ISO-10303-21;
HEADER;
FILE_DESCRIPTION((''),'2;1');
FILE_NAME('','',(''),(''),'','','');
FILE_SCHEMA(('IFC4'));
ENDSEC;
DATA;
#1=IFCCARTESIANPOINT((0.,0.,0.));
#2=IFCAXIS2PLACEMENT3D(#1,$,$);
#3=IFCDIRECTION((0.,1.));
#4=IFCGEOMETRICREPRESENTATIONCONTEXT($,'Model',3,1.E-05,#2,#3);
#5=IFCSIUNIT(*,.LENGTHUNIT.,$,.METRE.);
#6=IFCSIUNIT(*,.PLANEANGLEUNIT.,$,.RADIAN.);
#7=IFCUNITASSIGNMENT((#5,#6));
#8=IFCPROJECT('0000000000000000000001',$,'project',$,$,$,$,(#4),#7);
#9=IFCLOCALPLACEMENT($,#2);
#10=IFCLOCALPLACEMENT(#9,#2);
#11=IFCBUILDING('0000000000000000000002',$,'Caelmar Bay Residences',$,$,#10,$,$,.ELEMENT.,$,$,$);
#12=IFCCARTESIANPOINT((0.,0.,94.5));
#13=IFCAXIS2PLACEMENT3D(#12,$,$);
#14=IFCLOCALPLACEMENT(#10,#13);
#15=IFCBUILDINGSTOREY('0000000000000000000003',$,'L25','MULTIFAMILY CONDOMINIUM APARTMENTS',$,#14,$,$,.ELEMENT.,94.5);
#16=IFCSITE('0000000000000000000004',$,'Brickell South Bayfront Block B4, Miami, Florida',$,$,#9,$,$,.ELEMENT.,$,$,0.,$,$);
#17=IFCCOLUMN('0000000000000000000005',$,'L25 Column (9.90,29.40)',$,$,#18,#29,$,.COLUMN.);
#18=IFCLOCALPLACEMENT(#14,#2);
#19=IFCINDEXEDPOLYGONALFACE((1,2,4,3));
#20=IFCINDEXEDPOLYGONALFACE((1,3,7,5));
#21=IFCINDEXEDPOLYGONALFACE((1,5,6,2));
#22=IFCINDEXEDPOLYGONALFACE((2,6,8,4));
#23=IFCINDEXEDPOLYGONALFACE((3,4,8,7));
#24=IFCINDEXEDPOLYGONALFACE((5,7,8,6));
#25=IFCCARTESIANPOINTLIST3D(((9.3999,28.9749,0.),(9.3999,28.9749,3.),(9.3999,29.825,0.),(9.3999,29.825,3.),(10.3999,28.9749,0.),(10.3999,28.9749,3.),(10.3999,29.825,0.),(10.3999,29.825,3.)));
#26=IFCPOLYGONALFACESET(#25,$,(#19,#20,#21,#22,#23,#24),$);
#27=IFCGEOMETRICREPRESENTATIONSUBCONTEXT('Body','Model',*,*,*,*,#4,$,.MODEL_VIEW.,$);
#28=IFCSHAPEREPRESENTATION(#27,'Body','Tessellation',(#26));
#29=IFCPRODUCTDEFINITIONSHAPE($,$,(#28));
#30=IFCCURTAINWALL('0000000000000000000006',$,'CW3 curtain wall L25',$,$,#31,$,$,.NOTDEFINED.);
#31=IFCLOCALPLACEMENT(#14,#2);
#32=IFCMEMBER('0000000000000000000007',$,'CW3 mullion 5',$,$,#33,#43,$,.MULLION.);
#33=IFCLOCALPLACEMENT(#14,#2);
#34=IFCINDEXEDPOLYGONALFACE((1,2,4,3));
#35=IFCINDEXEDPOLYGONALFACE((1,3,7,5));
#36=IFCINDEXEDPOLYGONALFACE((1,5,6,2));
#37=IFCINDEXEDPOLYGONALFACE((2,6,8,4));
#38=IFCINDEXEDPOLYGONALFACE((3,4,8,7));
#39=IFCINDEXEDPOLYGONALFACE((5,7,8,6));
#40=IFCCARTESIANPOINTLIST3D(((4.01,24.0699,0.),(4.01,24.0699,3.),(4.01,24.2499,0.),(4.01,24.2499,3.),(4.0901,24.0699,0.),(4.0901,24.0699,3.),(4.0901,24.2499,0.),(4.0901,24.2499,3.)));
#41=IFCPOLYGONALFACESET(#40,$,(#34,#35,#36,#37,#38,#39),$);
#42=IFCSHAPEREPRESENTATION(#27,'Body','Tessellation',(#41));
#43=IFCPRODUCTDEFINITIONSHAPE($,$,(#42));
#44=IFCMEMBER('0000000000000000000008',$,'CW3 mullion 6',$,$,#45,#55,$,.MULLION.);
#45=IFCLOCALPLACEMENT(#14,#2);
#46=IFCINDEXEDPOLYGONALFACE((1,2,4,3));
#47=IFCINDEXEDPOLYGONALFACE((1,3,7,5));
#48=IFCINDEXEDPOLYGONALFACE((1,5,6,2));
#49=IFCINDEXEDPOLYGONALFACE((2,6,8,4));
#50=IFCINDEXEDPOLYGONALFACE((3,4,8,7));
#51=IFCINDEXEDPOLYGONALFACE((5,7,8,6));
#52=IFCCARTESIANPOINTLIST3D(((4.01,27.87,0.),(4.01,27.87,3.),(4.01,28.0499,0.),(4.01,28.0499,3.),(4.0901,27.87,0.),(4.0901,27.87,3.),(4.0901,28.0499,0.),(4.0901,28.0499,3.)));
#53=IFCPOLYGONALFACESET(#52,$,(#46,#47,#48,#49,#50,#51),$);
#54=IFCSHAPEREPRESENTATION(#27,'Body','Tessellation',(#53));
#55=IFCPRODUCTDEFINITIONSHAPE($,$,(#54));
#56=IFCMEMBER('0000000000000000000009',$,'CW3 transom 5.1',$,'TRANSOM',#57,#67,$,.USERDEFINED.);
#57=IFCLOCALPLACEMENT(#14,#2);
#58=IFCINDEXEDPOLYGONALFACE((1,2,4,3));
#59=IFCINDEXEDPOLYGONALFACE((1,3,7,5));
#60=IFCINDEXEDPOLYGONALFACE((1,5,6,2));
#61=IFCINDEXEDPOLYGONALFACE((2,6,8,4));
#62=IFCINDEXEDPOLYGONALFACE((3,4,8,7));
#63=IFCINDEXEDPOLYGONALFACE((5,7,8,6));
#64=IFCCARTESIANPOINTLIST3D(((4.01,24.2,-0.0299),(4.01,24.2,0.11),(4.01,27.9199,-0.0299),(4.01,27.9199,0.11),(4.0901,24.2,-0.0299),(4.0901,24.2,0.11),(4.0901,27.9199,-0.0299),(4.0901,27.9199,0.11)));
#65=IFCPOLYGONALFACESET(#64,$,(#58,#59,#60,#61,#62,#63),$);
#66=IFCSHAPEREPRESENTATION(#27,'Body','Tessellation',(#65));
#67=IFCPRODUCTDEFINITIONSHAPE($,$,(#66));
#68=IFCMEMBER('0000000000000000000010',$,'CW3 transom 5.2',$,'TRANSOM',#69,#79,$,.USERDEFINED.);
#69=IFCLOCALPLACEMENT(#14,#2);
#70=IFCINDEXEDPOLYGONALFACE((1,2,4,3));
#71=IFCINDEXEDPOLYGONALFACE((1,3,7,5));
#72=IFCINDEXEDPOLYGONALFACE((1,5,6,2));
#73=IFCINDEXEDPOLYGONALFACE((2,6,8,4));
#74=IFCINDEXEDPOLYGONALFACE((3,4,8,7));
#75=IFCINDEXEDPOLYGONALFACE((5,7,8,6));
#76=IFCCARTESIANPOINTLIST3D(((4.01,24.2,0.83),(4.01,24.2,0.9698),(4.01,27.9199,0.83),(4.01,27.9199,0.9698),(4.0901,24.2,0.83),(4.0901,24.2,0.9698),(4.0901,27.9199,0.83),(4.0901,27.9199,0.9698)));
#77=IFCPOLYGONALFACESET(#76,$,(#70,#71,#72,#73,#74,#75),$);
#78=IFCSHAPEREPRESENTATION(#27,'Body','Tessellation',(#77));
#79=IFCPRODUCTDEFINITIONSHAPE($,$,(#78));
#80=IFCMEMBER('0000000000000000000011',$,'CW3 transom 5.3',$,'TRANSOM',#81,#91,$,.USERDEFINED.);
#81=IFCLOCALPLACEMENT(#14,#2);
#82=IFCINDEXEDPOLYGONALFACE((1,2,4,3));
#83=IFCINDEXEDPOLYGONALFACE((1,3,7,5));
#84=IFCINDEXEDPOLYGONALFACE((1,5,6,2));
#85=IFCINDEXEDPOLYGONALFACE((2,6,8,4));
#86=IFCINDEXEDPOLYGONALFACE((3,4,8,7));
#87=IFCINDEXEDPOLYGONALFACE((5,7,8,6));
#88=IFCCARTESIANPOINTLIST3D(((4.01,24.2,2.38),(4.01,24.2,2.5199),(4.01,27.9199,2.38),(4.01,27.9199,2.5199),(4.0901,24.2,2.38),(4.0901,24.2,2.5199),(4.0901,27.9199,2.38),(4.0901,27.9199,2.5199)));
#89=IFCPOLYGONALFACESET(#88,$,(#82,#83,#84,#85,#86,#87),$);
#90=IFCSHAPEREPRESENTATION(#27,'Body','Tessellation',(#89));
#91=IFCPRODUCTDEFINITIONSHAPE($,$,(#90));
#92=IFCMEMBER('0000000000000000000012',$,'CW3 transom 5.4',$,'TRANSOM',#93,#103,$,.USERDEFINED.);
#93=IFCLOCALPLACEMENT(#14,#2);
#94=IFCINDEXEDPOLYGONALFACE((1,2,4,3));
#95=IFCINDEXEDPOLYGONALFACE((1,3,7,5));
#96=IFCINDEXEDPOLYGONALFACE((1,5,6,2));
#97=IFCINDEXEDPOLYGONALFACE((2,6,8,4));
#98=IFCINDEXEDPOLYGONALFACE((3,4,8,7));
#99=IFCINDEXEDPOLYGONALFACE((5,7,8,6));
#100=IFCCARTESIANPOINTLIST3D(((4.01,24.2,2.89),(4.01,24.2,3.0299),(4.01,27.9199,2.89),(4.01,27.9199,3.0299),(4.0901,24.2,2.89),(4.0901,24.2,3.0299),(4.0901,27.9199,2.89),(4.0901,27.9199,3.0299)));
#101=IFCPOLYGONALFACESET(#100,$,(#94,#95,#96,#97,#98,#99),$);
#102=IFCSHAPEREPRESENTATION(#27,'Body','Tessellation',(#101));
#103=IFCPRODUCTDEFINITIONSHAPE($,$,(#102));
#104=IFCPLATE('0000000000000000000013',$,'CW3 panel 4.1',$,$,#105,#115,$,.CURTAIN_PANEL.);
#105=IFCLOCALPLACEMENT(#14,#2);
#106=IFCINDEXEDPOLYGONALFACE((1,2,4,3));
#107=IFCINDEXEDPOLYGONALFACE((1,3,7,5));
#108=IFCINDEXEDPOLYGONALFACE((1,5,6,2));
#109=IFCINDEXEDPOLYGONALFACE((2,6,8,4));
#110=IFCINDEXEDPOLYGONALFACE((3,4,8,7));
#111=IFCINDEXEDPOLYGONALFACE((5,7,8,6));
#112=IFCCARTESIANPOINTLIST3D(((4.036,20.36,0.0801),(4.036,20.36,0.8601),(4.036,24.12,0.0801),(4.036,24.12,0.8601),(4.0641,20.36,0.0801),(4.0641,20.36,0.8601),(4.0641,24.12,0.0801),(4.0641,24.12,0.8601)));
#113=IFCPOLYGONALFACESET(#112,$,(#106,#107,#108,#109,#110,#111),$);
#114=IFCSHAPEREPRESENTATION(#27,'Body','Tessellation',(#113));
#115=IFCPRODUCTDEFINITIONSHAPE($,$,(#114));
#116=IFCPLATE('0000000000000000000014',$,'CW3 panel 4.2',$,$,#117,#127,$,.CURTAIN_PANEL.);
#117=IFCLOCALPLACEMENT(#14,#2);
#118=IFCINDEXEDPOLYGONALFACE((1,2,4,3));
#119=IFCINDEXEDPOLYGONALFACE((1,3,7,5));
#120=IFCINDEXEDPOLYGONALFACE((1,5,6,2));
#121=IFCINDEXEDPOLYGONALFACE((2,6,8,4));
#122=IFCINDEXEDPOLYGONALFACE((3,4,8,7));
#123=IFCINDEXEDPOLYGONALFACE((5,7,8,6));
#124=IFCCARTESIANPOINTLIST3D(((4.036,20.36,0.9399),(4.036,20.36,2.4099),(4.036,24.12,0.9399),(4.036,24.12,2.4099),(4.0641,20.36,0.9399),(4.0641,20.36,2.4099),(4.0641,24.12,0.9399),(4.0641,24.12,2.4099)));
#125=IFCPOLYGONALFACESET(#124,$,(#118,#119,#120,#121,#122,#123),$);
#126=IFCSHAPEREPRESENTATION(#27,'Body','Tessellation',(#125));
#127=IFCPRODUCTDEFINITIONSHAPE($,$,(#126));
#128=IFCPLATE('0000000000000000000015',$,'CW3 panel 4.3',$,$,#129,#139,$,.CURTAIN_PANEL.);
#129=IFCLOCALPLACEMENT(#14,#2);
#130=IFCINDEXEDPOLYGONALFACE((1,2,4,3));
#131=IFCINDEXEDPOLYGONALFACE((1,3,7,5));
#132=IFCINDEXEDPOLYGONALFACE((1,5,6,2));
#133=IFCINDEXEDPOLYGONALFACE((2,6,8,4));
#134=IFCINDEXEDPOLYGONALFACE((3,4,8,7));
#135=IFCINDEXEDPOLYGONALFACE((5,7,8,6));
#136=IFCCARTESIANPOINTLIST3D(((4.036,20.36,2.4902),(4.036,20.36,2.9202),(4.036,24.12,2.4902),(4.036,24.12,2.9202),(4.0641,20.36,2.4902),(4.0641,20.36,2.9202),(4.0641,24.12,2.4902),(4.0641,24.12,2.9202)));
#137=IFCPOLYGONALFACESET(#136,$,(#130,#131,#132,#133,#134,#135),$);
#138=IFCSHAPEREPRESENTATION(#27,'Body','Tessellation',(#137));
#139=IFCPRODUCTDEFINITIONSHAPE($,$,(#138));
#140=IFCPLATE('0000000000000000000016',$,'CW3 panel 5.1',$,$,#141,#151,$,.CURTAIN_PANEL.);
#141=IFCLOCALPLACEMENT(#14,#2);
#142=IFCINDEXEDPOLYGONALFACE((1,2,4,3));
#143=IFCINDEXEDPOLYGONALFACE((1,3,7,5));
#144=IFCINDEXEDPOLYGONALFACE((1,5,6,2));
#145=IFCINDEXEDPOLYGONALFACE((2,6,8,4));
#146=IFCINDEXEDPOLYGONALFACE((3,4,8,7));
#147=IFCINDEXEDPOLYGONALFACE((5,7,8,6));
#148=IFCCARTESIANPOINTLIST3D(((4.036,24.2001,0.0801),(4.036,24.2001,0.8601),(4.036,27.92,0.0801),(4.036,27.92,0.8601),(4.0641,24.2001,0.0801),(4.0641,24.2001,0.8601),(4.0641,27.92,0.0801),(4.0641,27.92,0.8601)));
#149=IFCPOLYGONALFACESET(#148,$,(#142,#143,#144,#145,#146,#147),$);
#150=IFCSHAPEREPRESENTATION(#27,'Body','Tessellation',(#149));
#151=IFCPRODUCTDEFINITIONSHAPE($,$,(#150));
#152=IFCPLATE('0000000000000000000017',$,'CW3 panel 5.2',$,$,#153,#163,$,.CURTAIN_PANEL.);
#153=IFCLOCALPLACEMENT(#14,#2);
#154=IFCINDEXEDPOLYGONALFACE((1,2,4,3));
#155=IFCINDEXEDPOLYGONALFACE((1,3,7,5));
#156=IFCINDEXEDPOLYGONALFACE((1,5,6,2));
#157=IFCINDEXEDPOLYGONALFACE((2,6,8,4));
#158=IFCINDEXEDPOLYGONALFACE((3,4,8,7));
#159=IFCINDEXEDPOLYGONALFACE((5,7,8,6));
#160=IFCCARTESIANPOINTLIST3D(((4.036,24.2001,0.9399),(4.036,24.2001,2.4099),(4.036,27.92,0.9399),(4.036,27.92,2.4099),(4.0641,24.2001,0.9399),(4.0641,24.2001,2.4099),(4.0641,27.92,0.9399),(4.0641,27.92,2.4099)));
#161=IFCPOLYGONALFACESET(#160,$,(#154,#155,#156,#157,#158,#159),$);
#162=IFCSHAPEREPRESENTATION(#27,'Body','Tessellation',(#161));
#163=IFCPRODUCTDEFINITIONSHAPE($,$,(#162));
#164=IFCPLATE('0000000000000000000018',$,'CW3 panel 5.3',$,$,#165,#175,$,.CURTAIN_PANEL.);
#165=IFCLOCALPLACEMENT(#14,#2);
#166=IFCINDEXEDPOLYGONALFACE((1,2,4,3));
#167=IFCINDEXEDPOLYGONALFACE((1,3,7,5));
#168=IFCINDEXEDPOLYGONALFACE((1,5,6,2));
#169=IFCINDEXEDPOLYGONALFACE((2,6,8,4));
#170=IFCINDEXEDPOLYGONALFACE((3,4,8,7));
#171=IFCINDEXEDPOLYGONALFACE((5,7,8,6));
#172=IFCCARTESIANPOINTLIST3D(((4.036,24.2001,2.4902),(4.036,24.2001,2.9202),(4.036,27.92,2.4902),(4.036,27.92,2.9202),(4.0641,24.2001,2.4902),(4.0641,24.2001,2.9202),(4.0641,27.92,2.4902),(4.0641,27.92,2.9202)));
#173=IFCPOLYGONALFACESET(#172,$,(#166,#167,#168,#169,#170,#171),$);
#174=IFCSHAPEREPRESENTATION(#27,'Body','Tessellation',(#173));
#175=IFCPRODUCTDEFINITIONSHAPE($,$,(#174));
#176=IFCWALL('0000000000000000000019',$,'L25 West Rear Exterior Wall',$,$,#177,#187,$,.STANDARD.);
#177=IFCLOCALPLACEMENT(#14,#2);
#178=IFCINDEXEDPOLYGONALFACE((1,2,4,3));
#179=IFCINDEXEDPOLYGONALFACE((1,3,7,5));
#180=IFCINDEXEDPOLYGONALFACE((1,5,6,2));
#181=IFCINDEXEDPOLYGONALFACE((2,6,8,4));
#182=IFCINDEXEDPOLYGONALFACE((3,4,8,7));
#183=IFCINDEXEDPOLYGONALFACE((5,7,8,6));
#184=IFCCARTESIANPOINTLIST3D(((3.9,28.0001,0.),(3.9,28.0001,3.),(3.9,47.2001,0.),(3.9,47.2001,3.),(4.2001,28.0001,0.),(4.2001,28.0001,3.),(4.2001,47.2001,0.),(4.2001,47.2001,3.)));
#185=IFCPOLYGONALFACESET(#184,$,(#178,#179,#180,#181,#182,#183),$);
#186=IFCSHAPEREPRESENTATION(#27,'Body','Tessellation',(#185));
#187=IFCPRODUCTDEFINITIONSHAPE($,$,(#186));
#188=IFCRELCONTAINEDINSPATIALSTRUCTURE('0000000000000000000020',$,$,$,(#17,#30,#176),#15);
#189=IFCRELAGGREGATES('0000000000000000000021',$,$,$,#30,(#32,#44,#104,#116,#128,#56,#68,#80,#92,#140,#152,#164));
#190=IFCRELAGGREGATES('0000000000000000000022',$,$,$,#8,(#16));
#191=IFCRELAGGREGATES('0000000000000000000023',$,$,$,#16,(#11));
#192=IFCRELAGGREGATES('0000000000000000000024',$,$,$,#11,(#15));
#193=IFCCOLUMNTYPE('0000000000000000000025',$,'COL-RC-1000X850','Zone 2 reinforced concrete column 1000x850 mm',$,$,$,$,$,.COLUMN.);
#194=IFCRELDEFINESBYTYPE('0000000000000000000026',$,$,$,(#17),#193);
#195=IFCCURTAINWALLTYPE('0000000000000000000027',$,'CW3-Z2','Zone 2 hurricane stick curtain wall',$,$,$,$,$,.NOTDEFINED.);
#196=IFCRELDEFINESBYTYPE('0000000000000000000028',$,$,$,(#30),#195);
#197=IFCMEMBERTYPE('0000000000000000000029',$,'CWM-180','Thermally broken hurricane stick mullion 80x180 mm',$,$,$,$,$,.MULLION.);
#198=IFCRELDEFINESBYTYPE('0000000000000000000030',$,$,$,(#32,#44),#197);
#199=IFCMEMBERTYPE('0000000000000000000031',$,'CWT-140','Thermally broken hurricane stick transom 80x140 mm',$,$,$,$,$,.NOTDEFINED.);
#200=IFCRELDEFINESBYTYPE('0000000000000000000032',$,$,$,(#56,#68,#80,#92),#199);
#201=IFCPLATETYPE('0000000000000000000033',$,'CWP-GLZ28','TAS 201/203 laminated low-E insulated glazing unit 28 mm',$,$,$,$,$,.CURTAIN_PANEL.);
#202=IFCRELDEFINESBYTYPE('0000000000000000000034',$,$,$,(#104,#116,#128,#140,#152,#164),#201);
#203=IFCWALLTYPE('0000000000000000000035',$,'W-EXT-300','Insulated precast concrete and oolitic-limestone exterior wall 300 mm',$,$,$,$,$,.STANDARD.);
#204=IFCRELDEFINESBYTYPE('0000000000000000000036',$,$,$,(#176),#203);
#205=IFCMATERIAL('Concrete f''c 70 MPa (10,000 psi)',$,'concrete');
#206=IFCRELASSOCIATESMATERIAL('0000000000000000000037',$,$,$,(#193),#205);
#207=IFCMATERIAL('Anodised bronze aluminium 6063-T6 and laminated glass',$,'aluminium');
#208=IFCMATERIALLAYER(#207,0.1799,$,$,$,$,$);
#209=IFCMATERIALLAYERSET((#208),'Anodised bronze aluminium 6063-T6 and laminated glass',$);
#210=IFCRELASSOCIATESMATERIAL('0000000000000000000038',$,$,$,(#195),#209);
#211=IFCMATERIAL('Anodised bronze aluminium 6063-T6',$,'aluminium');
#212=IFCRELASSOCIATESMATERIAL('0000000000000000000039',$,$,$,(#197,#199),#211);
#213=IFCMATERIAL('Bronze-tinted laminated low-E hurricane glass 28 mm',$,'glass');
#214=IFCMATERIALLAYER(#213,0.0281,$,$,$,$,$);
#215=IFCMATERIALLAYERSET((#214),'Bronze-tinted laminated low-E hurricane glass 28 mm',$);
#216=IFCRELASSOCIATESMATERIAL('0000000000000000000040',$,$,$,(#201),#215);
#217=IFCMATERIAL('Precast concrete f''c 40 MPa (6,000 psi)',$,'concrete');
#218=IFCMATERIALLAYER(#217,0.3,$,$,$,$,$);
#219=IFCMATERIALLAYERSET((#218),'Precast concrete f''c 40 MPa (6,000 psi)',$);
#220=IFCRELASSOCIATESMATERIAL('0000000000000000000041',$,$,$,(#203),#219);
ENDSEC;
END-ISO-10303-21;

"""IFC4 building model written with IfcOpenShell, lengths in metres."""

from ifc_helpers import new_model, si_unit, direction, frame, frame_2d, origin, origin_2d, place, context, subcontext, project, spatial, rectangle, extrude, material, layer, layer_set, material_profile, profile_set, type_object, element, aggregate, save


model = new_model("IFC4")

# Units and contexts
model_context = context("Model", 3, precision=1e-05, world=origin(), true_north=direction((0.0, 1.0)))
body_context = subcontext(model_context, "Body", "Model", "MODEL_VIEW")
ifc_project = project(units=[si_unit("LENGTHUNIT", "METRE"), si_unit("PLANEANGLEUNIT", "RADIAN")], contexts=[model_context])

# Site, building, storey
site_placement = place(None, origin())
site = spatial("IfcSite", under=ifc_project, at=site_placement, Name="Brickell South Bayfront Block B4, Miami, Florida", CompositionType="ELEMENT", RefElevation=0.0)
building_placement = place(site_placement, origin())
building = spatial("IfcBuilding", under=site, at=building_placement, Name="Caelmar Bay Residences", CompositionType="ELEMENT")
storey_placement = place(building_placement, frame((0.0, 0.0, 94.5)))
storey = spatial("IfcBuildingStorey", under=building, at=storey_placement, Name="L25", Description="MULTIFAMILY CONDOMINIUM APARTMENTS", CompositionType="ELEMENT", Elevation=94.5)

# Column
ifc_material_1 = material(Name="Concrete f'c 70 MPa (10,000 psi)", Category="concrete")
ifc_material_profile_1 = material_profile(ifc_material_1, rectangle(XDim=1.0, YDim=0.8501, at=origin_2d()), Name="RC-COL-1000X850")
ifc_profile_set_1 = profile_set([ifc_material_profile_1], Name="Concrete f'c 70 MPa (10,000 psi)")
column_type = type_object("IfcColumnType", Name="COL-RC-1000X850", Description="Zone 2 reinforced concrete column 1000x850 mm", PredefinedType="COLUMN", material=ifc_profile_set_1)
column_placement = place(storey_placement, frame((9.8999, 29.3999, 0.0), z_axis=(0.0, 0.0, 1.0), x_axis=(1.0, 0.0, 0.0)))
element("IfcColumn", 1, at=column_placement, inside=storey, type_object=column_type, Name="L25 Column (9.90,29.40)", PredefinedType="COLUMN", context=body_context, shape_type="SweptSolid", body=[
    extrude(rectangle(XDim=1.0, YDim=0.8501, at=origin_2d()), origin(), (0.0, 0.0, 1.0), 3.0),
])

# Curtain wall, members, plates
ifc_material_2 = material(Name="Anodised bronze aluminium 6063-T6 and laminated glass", Category="aluminium")
ifc_layer_1 = layer(ifc_material_2, 0.1799)
ifc_layer_set_1 = layer_set([ifc_layer_1], Name="Anodised bronze aluminium 6063-T6 and laminated glass")
curtain_wall_type = type_object("IfcCurtainWallType", Name="CW3-Z2", Description="Zone 2 hurricane stick curtain wall", PredefinedType="NOTDEFINED", material=ifc_layer_set_1)
curtain_wall_placement = place(storey_placement, origin())
curtain_wall = element("IfcCurtainWall", 2, at=curtain_wall_placement, inside=storey, type_object=curtain_wall_type, Name="CW3 curtain wall L25", PredefinedType="NOTDEFINED")
ifc_material_3 = material(Name="Anodised bronze aluminium 6063-T6", Category="aluminium")
ifc_material_profile_2 = material_profile(ifc_material_3, rectangle(XDim=0.0801, YDim=0.1799, at=origin_2d()), Name="CWM-80X180")
ifc_profile_set_2 = profile_set([ifc_material_profile_2], Name="Anodised bronze aluminium 6063-T6")
member_type_1 = type_object("IfcMemberType", Name="CWM-180", Description="Thermally broken hurricane stick mullion 80x180 mm", PredefinedType="MULLION", material=ifc_profile_set_2)
member_1_placement = place(storey_placement, frame((4.05, 24.1599, 0.0), z_axis=(0.0, 0.0, 1.0), x_axis=(-1.0, 0.0, 0.0)))
member_1 = element("IfcMember", 3, at=member_1_placement, type_object=member_type_1, Name="CW3 mullion 5", PredefinedType="MULLION", context=body_context, shape_type="SweptSolid", body=[
    extrude(rectangle(XDim=0.0801, YDim=0.1799, at=origin_2d()), origin(), (0.0, 0.0, 1.0), 3.0),
])
member_2_placement = place(storey_placement, frame((4.05, 27.96, 0.0), z_axis=(0.0, 0.0, 1.0), x_axis=(-1.0, 0.0, 0.0)))
member_2 = element("IfcMember", 4, at=member_2_placement, type_object=member_type_1, Name="CW3 mullion 6", PredefinedType="MULLION", context=body_context, shape_type="SweptSolid", body=[
    extrude(rectangle(XDim=0.0801, YDim=0.1799, at=origin_2d()), origin(), (0.0, 0.0, 1.0), 3.0),
])
ifc_material_profile_3 = material_profile(ifc_material_3, rectangle(XDim=0.0801, YDim=0.1399, at=origin_2d()), Name="CWT-80X140")
ifc_profile_set_3 = profile_set([ifc_material_profile_3], Name="Anodised bronze aluminium 6063-T6")
member_type_2 = type_object("IfcMemberType", Name="CWT-140", Description="Thermally broken hurricane stick transom 80x140 mm", PredefinedType="NOTDEFINED", material=ifc_profile_set_3)
member_3_placement = place(storey_placement, frame((4.05, 24.2, 0.04), z_axis=(0.0, 1.0, 0.0), x_axis=(-1.0, 0.0, 0.0)))
member_3 = element("IfcMember", 5, at=member_3_placement, type_object=member_type_2, Name="CW3 transom 5.1", ObjectType="TRANSOM", PredefinedType="USERDEFINED", context=body_context, shape_type="SweptSolid", body=[
    extrude(rectangle(XDim=0.0801, YDim=0.1399, at=origin_2d()), origin(), (0.0, 0.0, 1.0), 3.72),
])
member_4_placement = place(storey_placement, frame((4.05, 24.2, 0.8999), z_axis=(0.0, 1.0, 0.0), x_axis=(-1.0, 0.0, 0.0)))
member_4 = element("IfcMember", 6, at=member_4_placement, type_object=member_type_2, Name="CW3 transom 5.2", ObjectType="TRANSOM", PredefinedType="USERDEFINED", context=body_context, shape_type="SweptSolid", body=[
    extrude(rectangle(XDim=0.0801, YDim=0.1399, at=origin_2d()), origin(), (0.0, 0.0, 1.0), 3.72),
])
member_5_placement = place(storey_placement, frame((4.05, 24.2, 2.45), z_axis=(0.0, 1.0, 0.0), x_axis=(-1.0, 0.0, 0.0)))
member_5 = element("IfcMember", 7, at=member_5_placement, type_object=member_type_2, Name="CW3 transom 5.3", ObjectType="TRANSOM", PredefinedType="USERDEFINED", context=body_context, shape_type="SweptSolid", body=[
    extrude(rectangle(XDim=0.0801, YDim=0.1399, at=origin_2d()), origin(), (0.0, 0.0, 1.0), 3.72),
])
member_6_placement = place(storey_placement, frame((4.05, 24.2, 2.96), z_axis=(0.0, 1.0, 0.0), x_axis=(-1.0, 0.0, 0.0)))
member_6 = element("IfcMember", 8, at=member_6_placement, type_object=member_type_2, Name="CW3 transom 5.4", ObjectType="TRANSOM", PredefinedType="USERDEFINED", context=body_context, shape_type="SweptSolid", body=[
    extrude(rectangle(XDim=0.0801, YDim=0.1399, at=origin_2d()), origin(), (0.0, 0.0, 1.0), 3.72),
])
ifc_material_4 = material(Name="Bronze-tinted laminated low-E hurricane glass 28 mm", Category="glass")
ifc_layer_2 = layer(ifc_material_4, 0.0281)
ifc_layer_set_2 = layer_set([ifc_layer_2], Name="Bronze-tinted laminated low-E hurricane glass 28 mm")
plate_type = type_object("IfcPlateType", Name="CWP-GLZ28", Description="TAS 201/203 laminated low-E insulated glazing unit 28 mm", PredefinedType="CURTAIN_PANEL", material=ifc_layer_set_2)
plate_1_placement = place(storey_placement, frame((4.05, 22.24, 0.0801), z_axis=(0.0, 0.0, 1.0), x_axis=(0.0, 1.0, 0.0)))
plate_1 = element("IfcPlate", 9, at=plate_1_placement, type_object=plate_type, Name="CW3 panel 4.1", PredefinedType="CURTAIN_PANEL", context=body_context, shape_type="SweptSolid", body=[
    extrude(rectangle(XDim=3.76, YDim=0.0281, at=origin_2d()), origin(), (0.0, 0.0, 1.0), 0.78),
])
plate_2_placement = place(storey_placement, frame((4.05, 22.24, 0.9399), z_axis=(0.0, 0.0, 1.0), x_axis=(0.0, 1.0, 0.0)))
plate_2 = element("IfcPlate", 10, at=plate_2_placement, type_object=plate_type, Name="CW3 panel 4.2", PredefinedType="CURTAIN_PANEL", context=body_context, shape_type="SweptSolid", body=[
    extrude(rectangle(XDim=3.76, YDim=0.0281, at=origin_2d()), origin(), (0.0, 0.0, 1.0), 1.47),
])
plate_3_placement = place(storey_placement, frame((4.05, 22.24, 2.4902), z_axis=(0.0, 0.0, 1.0), x_axis=(0.0, 1.0, 0.0)))
plate_3 = element("IfcPlate", 11, at=plate_3_placement, type_object=plate_type, Name="CW3 panel 4.3", PredefinedType="CURTAIN_PANEL", context=body_context, shape_type="SweptSolid", body=[
    extrude(rectangle(XDim=3.76, YDim=0.0281, at=origin_2d()), origin(), (0.0, 0.0, 1.0), 0.4299),
])
plate_4_placement = place(storey_placement, frame((4.05, 26.0601, 0.0801), z_axis=(0.0, 0.0, 1.0), x_axis=(0.0, 1.0, 0.0)))
plate_4 = element("IfcPlate", 12, at=plate_4_placement, type_object=plate_type, Name="CW3 panel 5.1", PredefinedType="CURTAIN_PANEL", context=body_context, shape_type="SweptSolid", body=[
    extrude(rectangle(XDim=3.72, YDim=0.0281, at=origin_2d()), origin(), (0.0, 0.0, 1.0), 0.78),
])
plate_5_placement = place(storey_placement, frame((4.05, 26.0601, 0.9399), z_axis=(0.0, 0.0, 1.0), x_axis=(0.0, 1.0, 0.0)))
plate_5 = element("IfcPlate", 13, at=plate_5_placement, type_object=plate_type, Name="CW3 panel 5.2", PredefinedType="CURTAIN_PANEL", context=body_context, shape_type="SweptSolid", body=[
    extrude(rectangle(XDim=3.72, YDim=0.0281, at=origin_2d()), origin(), (0.0, 0.0, 1.0), 1.47),
])
plate_6_placement = place(storey_placement, frame((4.05, 26.0601, 2.4902), z_axis=(0.0, 0.0, 1.0), x_axis=(0.0, 1.0, 0.0)))
plate_6 = element("IfcPlate", 14, at=plate_6_placement, type_object=plate_type, Name="CW3 panel 5.3", PredefinedType="CURTAIN_PANEL", context=body_context, shape_type="SweptSolid", body=[
    extrude(rectangle(XDim=3.72, YDim=0.0281, at=origin_2d()), origin(), (0.0, 0.0, 1.0), 0.4299),
])
aggregate(curtain_wall, [member_1, member_2, plate_1, plate_2, plate_3, member_3, member_4, member_5, member_6, plate_4, plate_5, plate_6])

# Wall
ifc_material_5 = material(Name="Precast concrete f'c 40 MPa (6,000 psi)", Category="concrete")
ifc_layer_3 = layer(ifc_material_5, 0.3)
ifc_layer_set_3 = layer_set([ifc_layer_3], Name="Precast concrete f'c 40 MPa (6,000 psi)")
wall_type_1 = type_object("IfcWallType", Name="W-EXT-300", Description="Insulated precast concrete and oolitic-limestone exterior wall 300 mm", PredefinedType="STANDARD", material=ifc_layer_set_3)
wall_1_placement = place(storey_placement, frame((4.05, 28.0, 0.0), z_axis=(0.0, 0.0, 1.0), x_axis=(0.0, 1.0, 0.0)))
element("IfcWall", 15, at=wall_1_placement, inside=storey, type_object=wall_type_1, Name="L25 West Rear Exterior Wall", PredefinedType="STANDARD", context=body_context, shape_type="SweptSolid", body=[
    extrude(rectangle(XDim=19.2, YDim=0.3, at=frame_2d((9.6001, 0.0))), origin(), (0.0, 0.0, 1.0), 3.0),
])

save(model, "model.ifc")
